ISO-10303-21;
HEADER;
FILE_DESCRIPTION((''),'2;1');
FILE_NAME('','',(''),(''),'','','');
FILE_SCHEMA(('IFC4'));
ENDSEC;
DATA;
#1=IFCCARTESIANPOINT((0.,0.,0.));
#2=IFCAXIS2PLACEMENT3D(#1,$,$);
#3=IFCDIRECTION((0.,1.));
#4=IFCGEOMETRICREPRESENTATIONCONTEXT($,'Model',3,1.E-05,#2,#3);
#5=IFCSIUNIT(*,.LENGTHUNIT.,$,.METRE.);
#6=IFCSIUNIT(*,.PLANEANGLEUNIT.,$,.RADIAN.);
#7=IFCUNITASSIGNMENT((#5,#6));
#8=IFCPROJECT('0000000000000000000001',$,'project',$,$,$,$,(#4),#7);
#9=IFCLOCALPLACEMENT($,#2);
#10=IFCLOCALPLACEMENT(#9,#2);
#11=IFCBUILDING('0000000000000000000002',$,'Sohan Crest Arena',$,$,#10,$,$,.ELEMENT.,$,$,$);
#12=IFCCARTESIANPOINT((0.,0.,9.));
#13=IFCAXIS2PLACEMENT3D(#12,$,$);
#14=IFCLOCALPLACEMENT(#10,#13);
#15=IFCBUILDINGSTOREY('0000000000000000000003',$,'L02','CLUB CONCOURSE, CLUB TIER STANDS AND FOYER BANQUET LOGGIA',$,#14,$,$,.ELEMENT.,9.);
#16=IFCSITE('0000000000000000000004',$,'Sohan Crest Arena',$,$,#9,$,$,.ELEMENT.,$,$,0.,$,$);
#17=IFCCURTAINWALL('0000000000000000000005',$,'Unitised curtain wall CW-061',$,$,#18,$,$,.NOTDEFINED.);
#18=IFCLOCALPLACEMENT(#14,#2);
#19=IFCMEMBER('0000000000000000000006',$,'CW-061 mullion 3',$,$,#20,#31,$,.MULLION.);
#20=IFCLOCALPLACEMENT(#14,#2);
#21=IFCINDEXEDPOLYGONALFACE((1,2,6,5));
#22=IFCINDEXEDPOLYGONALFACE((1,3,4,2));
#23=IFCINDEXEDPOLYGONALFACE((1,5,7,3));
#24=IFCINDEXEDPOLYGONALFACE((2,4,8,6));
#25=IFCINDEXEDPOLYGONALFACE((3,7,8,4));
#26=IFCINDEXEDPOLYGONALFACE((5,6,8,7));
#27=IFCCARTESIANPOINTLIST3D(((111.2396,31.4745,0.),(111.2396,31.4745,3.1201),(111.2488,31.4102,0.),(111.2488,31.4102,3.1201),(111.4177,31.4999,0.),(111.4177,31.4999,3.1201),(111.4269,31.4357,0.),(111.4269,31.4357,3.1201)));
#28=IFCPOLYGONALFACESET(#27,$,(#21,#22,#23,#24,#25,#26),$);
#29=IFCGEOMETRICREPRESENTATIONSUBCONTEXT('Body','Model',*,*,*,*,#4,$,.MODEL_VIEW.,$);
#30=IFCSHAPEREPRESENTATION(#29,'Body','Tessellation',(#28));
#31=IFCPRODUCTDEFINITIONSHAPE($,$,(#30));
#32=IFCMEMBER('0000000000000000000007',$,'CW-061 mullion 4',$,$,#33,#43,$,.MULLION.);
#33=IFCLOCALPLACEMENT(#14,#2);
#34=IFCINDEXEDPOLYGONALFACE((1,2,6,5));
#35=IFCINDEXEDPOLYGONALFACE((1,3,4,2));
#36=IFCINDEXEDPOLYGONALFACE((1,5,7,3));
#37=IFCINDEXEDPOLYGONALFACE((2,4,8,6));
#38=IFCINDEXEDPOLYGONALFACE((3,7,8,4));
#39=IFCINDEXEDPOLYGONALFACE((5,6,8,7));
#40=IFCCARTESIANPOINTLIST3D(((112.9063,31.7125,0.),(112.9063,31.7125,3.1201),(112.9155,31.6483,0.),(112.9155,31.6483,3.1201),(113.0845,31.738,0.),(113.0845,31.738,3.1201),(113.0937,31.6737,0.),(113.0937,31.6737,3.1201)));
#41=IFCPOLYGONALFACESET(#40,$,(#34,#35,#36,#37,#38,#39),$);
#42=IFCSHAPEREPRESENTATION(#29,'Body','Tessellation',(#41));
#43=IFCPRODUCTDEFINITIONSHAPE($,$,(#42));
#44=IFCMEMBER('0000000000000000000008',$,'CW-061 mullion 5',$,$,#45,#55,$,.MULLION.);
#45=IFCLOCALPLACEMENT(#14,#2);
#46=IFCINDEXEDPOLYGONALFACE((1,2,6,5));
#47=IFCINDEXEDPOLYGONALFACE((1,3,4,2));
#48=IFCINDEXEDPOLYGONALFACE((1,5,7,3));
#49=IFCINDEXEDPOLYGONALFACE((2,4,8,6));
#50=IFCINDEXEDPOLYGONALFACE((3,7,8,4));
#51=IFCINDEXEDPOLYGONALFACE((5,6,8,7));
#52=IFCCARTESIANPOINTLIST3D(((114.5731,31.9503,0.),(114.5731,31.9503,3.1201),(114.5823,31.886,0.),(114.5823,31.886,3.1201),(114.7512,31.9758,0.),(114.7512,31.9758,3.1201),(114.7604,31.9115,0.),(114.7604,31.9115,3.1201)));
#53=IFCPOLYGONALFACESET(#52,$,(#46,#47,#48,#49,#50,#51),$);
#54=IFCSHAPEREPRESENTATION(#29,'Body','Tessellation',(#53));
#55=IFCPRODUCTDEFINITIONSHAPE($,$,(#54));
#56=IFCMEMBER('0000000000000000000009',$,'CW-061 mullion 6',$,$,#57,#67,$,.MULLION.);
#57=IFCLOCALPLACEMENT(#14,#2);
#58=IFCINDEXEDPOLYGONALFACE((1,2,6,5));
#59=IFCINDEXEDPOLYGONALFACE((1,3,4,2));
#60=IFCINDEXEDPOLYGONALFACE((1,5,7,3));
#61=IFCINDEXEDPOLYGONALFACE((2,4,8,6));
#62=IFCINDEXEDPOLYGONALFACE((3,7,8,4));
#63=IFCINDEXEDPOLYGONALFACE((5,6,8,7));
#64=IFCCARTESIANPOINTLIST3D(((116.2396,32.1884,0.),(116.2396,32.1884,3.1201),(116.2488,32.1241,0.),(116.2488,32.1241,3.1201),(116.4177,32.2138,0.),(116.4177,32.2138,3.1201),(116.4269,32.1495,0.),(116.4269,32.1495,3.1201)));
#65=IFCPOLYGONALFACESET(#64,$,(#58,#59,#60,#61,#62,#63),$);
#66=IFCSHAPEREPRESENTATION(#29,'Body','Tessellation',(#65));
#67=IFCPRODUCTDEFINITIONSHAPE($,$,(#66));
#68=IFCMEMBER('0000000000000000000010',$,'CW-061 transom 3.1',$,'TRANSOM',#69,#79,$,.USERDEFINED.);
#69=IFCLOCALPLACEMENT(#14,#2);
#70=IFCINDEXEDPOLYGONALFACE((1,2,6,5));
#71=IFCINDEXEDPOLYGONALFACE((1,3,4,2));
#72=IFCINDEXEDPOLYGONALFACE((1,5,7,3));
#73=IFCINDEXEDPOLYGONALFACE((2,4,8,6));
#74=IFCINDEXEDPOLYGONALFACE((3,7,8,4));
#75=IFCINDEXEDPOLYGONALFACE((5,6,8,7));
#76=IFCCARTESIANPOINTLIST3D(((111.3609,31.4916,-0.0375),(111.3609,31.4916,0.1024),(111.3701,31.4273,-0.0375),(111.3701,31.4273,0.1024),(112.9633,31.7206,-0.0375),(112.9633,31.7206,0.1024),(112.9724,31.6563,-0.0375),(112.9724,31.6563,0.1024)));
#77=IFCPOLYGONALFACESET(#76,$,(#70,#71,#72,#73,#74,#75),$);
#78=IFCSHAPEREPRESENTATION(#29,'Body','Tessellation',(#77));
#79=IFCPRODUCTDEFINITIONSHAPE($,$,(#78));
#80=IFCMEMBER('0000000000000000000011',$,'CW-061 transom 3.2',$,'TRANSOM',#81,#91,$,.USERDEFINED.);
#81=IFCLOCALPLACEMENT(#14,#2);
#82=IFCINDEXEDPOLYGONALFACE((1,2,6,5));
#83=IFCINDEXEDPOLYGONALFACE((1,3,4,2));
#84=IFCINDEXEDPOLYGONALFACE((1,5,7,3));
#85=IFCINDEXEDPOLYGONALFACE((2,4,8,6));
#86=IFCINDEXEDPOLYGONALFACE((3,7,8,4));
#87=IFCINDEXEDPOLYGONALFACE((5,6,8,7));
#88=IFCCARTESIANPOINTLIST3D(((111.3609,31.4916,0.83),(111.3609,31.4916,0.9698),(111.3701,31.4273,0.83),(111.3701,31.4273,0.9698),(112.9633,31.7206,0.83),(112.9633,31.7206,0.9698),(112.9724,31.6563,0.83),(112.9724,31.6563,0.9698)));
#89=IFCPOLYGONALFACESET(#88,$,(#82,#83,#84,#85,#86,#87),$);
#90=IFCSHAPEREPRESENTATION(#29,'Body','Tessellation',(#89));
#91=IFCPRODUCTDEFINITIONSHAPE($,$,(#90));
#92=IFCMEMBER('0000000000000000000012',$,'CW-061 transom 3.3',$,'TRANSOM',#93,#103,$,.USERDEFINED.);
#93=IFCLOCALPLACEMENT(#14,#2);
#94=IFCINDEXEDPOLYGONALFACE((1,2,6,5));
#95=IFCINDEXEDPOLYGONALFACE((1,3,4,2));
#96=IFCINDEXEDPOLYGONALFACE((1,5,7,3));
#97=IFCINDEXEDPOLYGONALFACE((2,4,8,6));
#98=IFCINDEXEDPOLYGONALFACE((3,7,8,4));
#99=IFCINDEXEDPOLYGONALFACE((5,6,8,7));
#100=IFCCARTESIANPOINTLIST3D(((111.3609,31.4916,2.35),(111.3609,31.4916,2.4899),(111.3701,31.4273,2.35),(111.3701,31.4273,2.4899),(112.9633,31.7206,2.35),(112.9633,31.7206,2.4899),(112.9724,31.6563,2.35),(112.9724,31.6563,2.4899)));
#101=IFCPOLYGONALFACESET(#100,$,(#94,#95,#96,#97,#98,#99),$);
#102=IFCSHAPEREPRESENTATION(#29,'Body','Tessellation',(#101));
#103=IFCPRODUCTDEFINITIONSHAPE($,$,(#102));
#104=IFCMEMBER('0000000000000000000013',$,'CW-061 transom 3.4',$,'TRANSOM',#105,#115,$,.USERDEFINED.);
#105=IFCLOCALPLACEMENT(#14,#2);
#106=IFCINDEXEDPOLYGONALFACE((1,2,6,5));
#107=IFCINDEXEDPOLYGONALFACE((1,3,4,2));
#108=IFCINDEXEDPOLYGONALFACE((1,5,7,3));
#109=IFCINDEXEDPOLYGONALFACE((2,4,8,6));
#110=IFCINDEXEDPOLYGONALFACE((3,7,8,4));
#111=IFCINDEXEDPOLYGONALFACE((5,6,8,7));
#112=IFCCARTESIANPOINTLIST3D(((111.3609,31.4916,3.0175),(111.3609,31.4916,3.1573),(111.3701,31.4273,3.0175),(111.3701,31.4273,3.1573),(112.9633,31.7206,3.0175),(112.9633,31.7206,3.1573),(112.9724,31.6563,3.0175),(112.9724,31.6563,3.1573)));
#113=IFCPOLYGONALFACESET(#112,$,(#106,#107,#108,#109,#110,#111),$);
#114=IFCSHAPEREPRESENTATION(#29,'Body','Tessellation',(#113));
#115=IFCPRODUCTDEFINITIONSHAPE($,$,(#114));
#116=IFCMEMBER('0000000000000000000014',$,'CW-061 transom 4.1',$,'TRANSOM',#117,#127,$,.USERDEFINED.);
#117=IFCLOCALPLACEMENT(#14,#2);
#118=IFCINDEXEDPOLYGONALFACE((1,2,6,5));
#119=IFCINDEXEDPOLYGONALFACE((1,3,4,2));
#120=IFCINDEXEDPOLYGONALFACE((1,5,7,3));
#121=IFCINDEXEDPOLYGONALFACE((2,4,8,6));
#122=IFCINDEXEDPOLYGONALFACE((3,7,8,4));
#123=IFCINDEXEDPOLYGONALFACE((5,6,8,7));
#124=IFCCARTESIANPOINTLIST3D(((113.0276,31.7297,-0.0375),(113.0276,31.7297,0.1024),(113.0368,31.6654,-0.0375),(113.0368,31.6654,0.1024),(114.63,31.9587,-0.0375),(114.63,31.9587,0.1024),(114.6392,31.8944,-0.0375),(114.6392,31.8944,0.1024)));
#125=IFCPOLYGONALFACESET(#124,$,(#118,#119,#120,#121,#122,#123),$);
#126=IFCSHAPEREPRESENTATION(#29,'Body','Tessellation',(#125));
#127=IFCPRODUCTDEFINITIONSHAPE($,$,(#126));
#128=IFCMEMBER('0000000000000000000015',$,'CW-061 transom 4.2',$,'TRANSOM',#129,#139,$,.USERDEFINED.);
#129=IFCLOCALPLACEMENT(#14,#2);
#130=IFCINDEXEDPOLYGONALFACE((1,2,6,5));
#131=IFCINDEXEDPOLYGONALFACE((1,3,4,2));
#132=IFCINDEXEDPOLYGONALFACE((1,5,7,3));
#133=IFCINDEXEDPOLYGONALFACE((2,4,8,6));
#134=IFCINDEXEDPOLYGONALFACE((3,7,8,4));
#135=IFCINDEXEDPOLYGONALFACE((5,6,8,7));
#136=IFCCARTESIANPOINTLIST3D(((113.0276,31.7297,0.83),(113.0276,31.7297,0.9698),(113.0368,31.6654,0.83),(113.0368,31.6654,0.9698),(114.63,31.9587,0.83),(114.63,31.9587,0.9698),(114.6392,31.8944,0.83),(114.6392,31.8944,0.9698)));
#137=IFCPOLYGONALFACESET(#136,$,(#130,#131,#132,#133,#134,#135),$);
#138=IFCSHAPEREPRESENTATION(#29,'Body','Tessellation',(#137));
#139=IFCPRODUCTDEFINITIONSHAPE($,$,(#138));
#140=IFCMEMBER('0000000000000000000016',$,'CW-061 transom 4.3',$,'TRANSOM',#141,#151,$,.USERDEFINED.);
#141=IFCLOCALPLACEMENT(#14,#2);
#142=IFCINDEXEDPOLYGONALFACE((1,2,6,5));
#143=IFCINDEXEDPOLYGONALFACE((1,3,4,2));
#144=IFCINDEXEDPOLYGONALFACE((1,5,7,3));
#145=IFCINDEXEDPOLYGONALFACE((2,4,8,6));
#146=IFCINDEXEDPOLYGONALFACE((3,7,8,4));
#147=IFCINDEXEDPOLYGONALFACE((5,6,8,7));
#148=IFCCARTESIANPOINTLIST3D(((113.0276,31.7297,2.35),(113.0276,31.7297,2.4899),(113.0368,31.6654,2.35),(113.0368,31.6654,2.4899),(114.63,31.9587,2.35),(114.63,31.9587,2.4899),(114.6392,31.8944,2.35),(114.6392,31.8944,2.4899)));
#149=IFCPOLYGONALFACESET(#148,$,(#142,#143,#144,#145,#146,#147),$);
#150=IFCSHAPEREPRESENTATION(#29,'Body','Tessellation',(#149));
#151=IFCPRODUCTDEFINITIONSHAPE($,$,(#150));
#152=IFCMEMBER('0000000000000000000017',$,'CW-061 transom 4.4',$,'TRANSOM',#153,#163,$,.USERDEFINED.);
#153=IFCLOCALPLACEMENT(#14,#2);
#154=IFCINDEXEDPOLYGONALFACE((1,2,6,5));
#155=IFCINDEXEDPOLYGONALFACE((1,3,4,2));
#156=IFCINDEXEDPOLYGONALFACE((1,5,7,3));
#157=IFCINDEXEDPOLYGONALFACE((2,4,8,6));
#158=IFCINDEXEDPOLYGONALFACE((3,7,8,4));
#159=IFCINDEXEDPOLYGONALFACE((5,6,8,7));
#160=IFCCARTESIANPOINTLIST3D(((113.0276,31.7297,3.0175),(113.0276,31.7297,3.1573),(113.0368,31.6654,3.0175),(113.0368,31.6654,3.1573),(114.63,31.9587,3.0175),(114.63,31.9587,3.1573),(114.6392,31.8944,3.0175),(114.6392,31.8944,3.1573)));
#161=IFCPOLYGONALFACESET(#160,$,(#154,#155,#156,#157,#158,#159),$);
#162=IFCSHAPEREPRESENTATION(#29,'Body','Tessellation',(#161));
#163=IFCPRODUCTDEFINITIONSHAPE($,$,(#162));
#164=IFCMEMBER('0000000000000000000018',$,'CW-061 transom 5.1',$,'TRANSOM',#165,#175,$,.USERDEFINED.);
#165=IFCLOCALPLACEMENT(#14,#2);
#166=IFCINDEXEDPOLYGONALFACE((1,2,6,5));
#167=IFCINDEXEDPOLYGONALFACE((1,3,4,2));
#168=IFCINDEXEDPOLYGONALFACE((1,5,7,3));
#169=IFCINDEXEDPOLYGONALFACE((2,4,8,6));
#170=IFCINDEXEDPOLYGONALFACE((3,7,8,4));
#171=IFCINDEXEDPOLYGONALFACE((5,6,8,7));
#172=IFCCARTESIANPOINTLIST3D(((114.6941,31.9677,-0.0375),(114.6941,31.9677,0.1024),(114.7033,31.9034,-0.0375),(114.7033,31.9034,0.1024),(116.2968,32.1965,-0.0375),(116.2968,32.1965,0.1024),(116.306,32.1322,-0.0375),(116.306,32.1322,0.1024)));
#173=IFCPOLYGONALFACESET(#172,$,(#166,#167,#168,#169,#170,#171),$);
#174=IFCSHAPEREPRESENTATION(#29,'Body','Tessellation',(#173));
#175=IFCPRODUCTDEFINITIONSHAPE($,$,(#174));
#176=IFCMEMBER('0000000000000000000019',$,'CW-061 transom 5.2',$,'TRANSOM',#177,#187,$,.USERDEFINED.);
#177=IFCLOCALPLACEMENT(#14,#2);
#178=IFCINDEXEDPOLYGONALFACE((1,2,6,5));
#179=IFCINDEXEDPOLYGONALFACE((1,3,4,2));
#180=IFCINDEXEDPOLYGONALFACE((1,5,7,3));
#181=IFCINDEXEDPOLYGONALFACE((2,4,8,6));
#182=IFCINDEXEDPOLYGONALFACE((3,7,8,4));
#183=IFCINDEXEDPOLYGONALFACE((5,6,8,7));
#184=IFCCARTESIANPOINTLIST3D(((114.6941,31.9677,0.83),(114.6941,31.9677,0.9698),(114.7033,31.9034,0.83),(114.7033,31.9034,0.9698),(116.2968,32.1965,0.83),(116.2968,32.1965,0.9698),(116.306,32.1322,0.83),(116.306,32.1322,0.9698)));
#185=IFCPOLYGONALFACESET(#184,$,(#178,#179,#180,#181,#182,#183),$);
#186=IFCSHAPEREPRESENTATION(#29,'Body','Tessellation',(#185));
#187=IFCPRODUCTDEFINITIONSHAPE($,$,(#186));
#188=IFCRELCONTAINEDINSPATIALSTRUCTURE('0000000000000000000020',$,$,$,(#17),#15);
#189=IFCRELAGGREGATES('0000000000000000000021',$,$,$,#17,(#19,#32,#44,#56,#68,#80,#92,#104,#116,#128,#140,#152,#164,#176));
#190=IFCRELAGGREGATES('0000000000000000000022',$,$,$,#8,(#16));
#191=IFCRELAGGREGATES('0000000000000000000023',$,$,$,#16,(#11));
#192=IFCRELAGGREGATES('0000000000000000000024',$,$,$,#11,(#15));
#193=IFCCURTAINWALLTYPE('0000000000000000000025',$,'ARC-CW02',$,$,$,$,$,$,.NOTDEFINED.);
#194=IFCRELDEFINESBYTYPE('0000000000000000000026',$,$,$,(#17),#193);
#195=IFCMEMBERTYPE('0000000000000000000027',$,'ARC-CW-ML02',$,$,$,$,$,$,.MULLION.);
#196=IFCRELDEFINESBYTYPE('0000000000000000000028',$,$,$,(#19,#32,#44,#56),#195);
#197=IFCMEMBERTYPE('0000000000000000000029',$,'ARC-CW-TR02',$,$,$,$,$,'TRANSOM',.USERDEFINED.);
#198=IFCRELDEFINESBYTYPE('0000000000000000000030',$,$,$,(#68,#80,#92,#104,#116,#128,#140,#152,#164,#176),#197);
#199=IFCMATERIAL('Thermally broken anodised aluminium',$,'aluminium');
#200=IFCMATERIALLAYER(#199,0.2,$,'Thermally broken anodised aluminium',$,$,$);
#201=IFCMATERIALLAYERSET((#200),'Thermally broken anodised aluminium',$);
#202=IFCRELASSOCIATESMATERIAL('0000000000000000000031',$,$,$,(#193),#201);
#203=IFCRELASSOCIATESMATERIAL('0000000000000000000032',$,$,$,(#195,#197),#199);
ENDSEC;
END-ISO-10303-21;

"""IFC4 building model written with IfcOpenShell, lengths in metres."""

from ifc_helpers import new_model, si_unit, direction, frame, origin, origin_2d, place, context, subcontext, project, spatial, rectangle, extrude, material, layer, layer_set, material_profile, profile_set, type_object, element, aggregate, save


model = new_model("IFC4")

# Units and contexts
model_context = context("Model", 3, precision=1e-05, world=origin(), true_north=direction((0.0, 1.0)))
body_context = subcontext(model_context, "Body", "Model", "MODEL_VIEW")
ifc_project = project(units=[si_unit("LENGTHUNIT", "METRE"), si_unit("PLANEANGLEUNIT", "RADIAN")], contexts=[model_context])

# Site, building, storey
site_placement = place(None, origin())
site = spatial("IfcSite", under=ifc_project, at=site_placement, Name="Sohan Crest Arena", CompositionType="ELEMENT", RefElevation=0.0)
building_placement = place(site_placement, origin())
building = spatial("IfcBuilding", under=site, at=building_placement, Name="Sohan Crest Arena", CompositionType="ELEMENT")
storey_placement = place(building_placement, frame((0.0, 0.0, 9.0)))
storey = spatial("IfcBuildingStorey", under=building, at=storey_placement, Name="L02", Description="CLUB CONCOURSE, CLUB TIER STANDS AND FOYER BANQUET LOGGIA", CompositionType="ELEMENT", Elevation=9.0)

# Curtain wall, members
ifc_material_1 = material(Name="Thermally broken anodised aluminium", Category="aluminium")
ifc_layer_1 = layer(ifc_material_1, 0.2, Name="Thermally broken anodised aluminium")
ifc_layer_set_1 = layer_set([ifc_layer_1], Name="Thermally broken anodised aluminium")
curtain_wall_type = type_object("IfcCurtainWallType", Name="ARC-CW02", PredefinedType="NOTDEFINED", material=ifc_layer_set_1)
curtain_wall_placement = place(storey_placement, origin())
curtain_wall = element("IfcCurtainWall", 1, at=curtain_wall_placement, inside=storey, type_object=curtain_wall_type, Name="Unitised curtain wall CW-061", PredefinedType="NOTDEFINED")
ifc_material_profile_1 = material_profile(ifc_material_1, rectangle(XDim=0.0649, YDim=0.1799, at=origin_2d()), Name="ALU-MULL 65x180")
ifc_profile_set_1 = profile_set([ifc_material_profile_1], Name="Thermally broken anodised aluminium")
member_type_1 = type_object("IfcMemberType", Name="ARC-CW-ML02", PredefinedType="MULLION", material=ifc_profile_set_1)
member_1_placement = place(storey_placement, frame((111.3333, 31.4551, 0.0), z_axis=(0.0, 0.0, 1.0), x_axis=(-0.141366, 0.989957, 0.0)))
member_1 = element("IfcMember", 2, at=member_1_placement, type_object=member_type_1, Name="CW-061 mullion 3", PredefinedType="MULLION", context=body_context, shape_type="SweptSolid", body=[
    extrude(rectangle(XDim=0.0649, YDim=0.1799, at=origin_2d()), origin(), (0.0, 0.0, 1.0), 3.1201),
])
member_2_placement = place(storey_placement, frame((113.0, 31.6931, 0.0), z_axis=(0.0, 0.0, 1.0), x_axis=(-0.141366, 0.989957, 0.0)))
member_2 = element("IfcMember", 3, at=member_2_placement, type_object=member_type_1, Name="CW-061 mullion 4", PredefinedType="MULLION", context=body_context, shape_type="SweptSolid", body=[
    extrude(rectangle(XDim=0.0649, YDim=0.1799, at=origin_2d()), origin(), (0.0, 0.0, 1.0), 3.1201),
])
member_3_placement = place(storey_placement, frame((114.6667, 31.9309, 0.0), z_axis=(0.0, 0.0, 1.0), x_axis=(-0.141366, 0.989957, 0.0)))
member_3 = element("IfcMember", 4, at=member_3_placement, type_object=member_type_1, Name="CW-061 mullion 5", PredefinedType="MULLION", context=body_context, shape_type="SweptSolid", body=[
    extrude(rectangle(XDim=0.0649, YDim=0.1799, at=origin_2d()), origin(), (0.0, 0.0, 1.0), 3.1201),
])
member_4_placement = place(storey_placement, frame((116.3333, 32.1689, 0.0), z_axis=(0.0, 0.0, 1.0), x_axis=(-0.141366, 0.989957, 0.0)))
member_4 = element("IfcMember", 5, at=member_4_placement, type_object=member_type_1, Name="CW-061 mullion 6", PredefinedType="MULLION", context=body_context, shape_type="SweptSolid", body=[
    extrude(rectangle(XDim=0.0649, YDim=0.1799, at=origin_2d()), origin(), (0.0, 0.0, 1.0), 3.1201),
])
ifc_material_profile_2 = material_profile(ifc_material_1, rectangle(XDim=0.0649, YDim=0.1399, at=origin_2d()), Name="ALU-TRAN 65x140")
ifc_profile_set_2 = profile_set([ifc_material_profile_2], Name="Thermally broken anodised aluminium")
member_type_2 = type_object("IfcMemberType", Name="ARC-CW-TR02", ElementType="TRANSOM", PredefinedType="USERDEFINED", material=ifc_profile_set_2)
member_5_placement = place(storey_placement, frame((111.3655, 31.4595, 0.0325), z_axis=(0.98994, 0.141485, 0.0), x_axis=(-0.141485, 0.98994, 0.0)))
member_5 = element("IfcMember", 6, at=member_5_placement, type_object=member_type_2, Name="CW-061 transom 3.1", ObjectType="TRANSOM", PredefinedType="USERDEFINED", context=body_context, shape_type="SweptSolid", body=[
    extrude(rectangle(XDim=0.0649, YDim=0.1399, at=origin_2d()), origin(), (0.0, 0.0, 1.0), 1.6187),
])
member_6_placement = place(storey_placement, frame((111.3655, 31.4595, 0.8999), z_axis=(0.98994, 0.141485, 0.0), x_axis=(-0.141485, 0.98994, 0.0)))
member_6 = element("IfcMember", 7, at=member_6_placement, type_object=member_type_2, Name="CW-061 transom 3.2", ObjectType="TRANSOM", PredefinedType="USERDEFINED", context=body_context, shape_type="SweptSolid", body=[
    extrude(rectangle(XDim=0.0649, YDim=0.1399, at=origin_2d()), origin(), (0.0, 0.0, 1.0), 1.6187),
])
member_7_placement = place(storey_placement, frame((111.3655, 31.4595, 2.4199), z_axis=(0.98994, 0.141485, 0.0), x_axis=(-0.141485, 0.98994, 0.0)))
member_7 = element("IfcMember", 8, at=member_7_placement, type_object=member_type_2, Name="CW-061 transom 3.3", ObjectType="TRANSOM", PredefinedType="USERDEFINED", context=body_context, shape_type="SweptSolid", body=[
    extrude(rectangle(XDim=0.0649, YDim=0.1399, at=origin_2d()), origin(), (0.0, 0.0, 1.0), 1.6187),
])
member_8_placement = place(storey_placement, frame((111.3655, 31.4595, 3.0874), z_axis=(0.98994, 0.141485, 0.0), x_axis=(-0.141485, 0.98994, 0.0)))
member_8 = element("IfcMember", 9, at=member_8_placement, type_object=member_type_2, Name="CW-061 transom 3.4", ObjectType="TRANSOM", PredefinedType="USERDEFINED", context=body_context, shape_type="SweptSolid", body=[
    extrude(rectangle(XDim=0.0649, YDim=0.1399, at=origin_2d()), origin(), (0.0, 0.0, 1.0), 1.6187),
])
member_9_placement = place(storey_placement, frame((113.0322, 31.6975, 0.0325), z_axis=(0.98994, 0.141485, 0.0), x_axis=(-0.141485, 0.98994, 0.0)))
member_9 = element("IfcMember", 10, at=member_9_placement, type_object=member_type_2, Name="CW-061 transom 4.1", ObjectType="TRANSOM", PredefinedType="USERDEFINED", context=body_context, shape_type="SweptSolid", body=[
    extrude(rectangle(XDim=0.0649, YDim=0.1399, at=origin_2d()), origin(), (0.0, 0.0, 1.0), 1.6187),
])
member_10_placement = place(storey_placement, frame((113.0322, 31.6975, 0.8999), z_axis=(0.98994, 0.141485, 0.0), x_axis=(-0.141485, 0.98994, 0.0)))
member_10 = element("IfcMember", 11, at=member_10_placement, type_object=member_type_2, Name="CW-061 transom 4.2", ObjectType="TRANSOM", PredefinedType="USERDEFINED", context=body_context, shape_type="SweptSolid", body=[
    extrude(rectangle(XDim=0.0649, YDim=0.1399, at=origin_2d()), origin(), (0.0, 0.0, 1.0), 1.6187),
])
member_11_placement = place(storey_placement, frame((113.0322, 31.6975, 2.4199), z_axis=(0.98994, 0.141485, 0.0), x_axis=(-0.141485, 0.98994, 0.0)))
member_11 = element("IfcMember", 12, at=member_11_placement, type_object=member_type_2, Name="CW-061 transom 4.3", ObjectType="TRANSOM", PredefinedType="USERDEFINED", context=body_context, shape_type="SweptSolid", body=[
    extrude(rectangle(XDim=0.0649, YDim=0.1399, at=origin_2d()), origin(), (0.0, 0.0, 1.0), 1.6187),
])
member_12_placement = place(storey_placement, frame((113.0322, 31.6975, 3.0874), z_axis=(0.98994, 0.141485, 0.0), x_axis=(-0.141485, 0.98994, 0.0)))
member_12 = element("IfcMember", 13, at=member_12_placement, type_object=member_type_2, Name="CW-061 transom 4.4", ObjectType="TRANSOM", PredefinedType="USERDEFINED", context=body_context, shape_type="SweptSolid", body=[
    extrude(rectangle(XDim=0.0649, YDim=0.1399, at=origin_2d()), origin(), (0.0, 0.0, 1.0), 1.6187),
])
member_13_placement = place(storey_placement, frame((114.6987, 31.9355, 0.0325), z_axis=(0.989965, 0.141316, 0.0), x_axis=(-0.141316, 0.989965, 0.0)))
member_13 = element("IfcMember", 14, at=member_13_placement, type_object=member_type_2, Name="CW-061 transom 5.1", ObjectType="TRANSOM", PredefinedType="USERDEFINED", context=body_context, shape_type="SweptSolid", body=[
    extrude(rectangle(XDim=0.0649, YDim=0.1399, at=origin_2d()), origin(), (0.0, 0.0, 1.0), 1.6189),
])
member_14_placement = place(storey_placement, frame((114.6987, 31.9355, 0.8999), z_axis=(0.989965, 0.141316, 0.0), x_axis=(-0.141316, 0.989965, 0.0)))
member_14 = element("IfcMember", 15, at=member_14_placement, type_object=member_type_2, Name="CW-061 transom 5.2", ObjectType="TRANSOM", PredefinedType="USERDEFINED", context=body_context, shape_type="SweptSolid", body=[
    extrude(rectangle(XDim=0.0649, YDim=0.1399, at=origin_2d()), origin(), (0.0, 0.0, 1.0), 1.6189),
])
aggregate(curtain_wall, [member_1, member_2, member_3, member_4, member_5, member_6, member_7, member_8, member_9, member_10, member_11, member_12, member_13, member_14])

save(model, "model.ifc")
